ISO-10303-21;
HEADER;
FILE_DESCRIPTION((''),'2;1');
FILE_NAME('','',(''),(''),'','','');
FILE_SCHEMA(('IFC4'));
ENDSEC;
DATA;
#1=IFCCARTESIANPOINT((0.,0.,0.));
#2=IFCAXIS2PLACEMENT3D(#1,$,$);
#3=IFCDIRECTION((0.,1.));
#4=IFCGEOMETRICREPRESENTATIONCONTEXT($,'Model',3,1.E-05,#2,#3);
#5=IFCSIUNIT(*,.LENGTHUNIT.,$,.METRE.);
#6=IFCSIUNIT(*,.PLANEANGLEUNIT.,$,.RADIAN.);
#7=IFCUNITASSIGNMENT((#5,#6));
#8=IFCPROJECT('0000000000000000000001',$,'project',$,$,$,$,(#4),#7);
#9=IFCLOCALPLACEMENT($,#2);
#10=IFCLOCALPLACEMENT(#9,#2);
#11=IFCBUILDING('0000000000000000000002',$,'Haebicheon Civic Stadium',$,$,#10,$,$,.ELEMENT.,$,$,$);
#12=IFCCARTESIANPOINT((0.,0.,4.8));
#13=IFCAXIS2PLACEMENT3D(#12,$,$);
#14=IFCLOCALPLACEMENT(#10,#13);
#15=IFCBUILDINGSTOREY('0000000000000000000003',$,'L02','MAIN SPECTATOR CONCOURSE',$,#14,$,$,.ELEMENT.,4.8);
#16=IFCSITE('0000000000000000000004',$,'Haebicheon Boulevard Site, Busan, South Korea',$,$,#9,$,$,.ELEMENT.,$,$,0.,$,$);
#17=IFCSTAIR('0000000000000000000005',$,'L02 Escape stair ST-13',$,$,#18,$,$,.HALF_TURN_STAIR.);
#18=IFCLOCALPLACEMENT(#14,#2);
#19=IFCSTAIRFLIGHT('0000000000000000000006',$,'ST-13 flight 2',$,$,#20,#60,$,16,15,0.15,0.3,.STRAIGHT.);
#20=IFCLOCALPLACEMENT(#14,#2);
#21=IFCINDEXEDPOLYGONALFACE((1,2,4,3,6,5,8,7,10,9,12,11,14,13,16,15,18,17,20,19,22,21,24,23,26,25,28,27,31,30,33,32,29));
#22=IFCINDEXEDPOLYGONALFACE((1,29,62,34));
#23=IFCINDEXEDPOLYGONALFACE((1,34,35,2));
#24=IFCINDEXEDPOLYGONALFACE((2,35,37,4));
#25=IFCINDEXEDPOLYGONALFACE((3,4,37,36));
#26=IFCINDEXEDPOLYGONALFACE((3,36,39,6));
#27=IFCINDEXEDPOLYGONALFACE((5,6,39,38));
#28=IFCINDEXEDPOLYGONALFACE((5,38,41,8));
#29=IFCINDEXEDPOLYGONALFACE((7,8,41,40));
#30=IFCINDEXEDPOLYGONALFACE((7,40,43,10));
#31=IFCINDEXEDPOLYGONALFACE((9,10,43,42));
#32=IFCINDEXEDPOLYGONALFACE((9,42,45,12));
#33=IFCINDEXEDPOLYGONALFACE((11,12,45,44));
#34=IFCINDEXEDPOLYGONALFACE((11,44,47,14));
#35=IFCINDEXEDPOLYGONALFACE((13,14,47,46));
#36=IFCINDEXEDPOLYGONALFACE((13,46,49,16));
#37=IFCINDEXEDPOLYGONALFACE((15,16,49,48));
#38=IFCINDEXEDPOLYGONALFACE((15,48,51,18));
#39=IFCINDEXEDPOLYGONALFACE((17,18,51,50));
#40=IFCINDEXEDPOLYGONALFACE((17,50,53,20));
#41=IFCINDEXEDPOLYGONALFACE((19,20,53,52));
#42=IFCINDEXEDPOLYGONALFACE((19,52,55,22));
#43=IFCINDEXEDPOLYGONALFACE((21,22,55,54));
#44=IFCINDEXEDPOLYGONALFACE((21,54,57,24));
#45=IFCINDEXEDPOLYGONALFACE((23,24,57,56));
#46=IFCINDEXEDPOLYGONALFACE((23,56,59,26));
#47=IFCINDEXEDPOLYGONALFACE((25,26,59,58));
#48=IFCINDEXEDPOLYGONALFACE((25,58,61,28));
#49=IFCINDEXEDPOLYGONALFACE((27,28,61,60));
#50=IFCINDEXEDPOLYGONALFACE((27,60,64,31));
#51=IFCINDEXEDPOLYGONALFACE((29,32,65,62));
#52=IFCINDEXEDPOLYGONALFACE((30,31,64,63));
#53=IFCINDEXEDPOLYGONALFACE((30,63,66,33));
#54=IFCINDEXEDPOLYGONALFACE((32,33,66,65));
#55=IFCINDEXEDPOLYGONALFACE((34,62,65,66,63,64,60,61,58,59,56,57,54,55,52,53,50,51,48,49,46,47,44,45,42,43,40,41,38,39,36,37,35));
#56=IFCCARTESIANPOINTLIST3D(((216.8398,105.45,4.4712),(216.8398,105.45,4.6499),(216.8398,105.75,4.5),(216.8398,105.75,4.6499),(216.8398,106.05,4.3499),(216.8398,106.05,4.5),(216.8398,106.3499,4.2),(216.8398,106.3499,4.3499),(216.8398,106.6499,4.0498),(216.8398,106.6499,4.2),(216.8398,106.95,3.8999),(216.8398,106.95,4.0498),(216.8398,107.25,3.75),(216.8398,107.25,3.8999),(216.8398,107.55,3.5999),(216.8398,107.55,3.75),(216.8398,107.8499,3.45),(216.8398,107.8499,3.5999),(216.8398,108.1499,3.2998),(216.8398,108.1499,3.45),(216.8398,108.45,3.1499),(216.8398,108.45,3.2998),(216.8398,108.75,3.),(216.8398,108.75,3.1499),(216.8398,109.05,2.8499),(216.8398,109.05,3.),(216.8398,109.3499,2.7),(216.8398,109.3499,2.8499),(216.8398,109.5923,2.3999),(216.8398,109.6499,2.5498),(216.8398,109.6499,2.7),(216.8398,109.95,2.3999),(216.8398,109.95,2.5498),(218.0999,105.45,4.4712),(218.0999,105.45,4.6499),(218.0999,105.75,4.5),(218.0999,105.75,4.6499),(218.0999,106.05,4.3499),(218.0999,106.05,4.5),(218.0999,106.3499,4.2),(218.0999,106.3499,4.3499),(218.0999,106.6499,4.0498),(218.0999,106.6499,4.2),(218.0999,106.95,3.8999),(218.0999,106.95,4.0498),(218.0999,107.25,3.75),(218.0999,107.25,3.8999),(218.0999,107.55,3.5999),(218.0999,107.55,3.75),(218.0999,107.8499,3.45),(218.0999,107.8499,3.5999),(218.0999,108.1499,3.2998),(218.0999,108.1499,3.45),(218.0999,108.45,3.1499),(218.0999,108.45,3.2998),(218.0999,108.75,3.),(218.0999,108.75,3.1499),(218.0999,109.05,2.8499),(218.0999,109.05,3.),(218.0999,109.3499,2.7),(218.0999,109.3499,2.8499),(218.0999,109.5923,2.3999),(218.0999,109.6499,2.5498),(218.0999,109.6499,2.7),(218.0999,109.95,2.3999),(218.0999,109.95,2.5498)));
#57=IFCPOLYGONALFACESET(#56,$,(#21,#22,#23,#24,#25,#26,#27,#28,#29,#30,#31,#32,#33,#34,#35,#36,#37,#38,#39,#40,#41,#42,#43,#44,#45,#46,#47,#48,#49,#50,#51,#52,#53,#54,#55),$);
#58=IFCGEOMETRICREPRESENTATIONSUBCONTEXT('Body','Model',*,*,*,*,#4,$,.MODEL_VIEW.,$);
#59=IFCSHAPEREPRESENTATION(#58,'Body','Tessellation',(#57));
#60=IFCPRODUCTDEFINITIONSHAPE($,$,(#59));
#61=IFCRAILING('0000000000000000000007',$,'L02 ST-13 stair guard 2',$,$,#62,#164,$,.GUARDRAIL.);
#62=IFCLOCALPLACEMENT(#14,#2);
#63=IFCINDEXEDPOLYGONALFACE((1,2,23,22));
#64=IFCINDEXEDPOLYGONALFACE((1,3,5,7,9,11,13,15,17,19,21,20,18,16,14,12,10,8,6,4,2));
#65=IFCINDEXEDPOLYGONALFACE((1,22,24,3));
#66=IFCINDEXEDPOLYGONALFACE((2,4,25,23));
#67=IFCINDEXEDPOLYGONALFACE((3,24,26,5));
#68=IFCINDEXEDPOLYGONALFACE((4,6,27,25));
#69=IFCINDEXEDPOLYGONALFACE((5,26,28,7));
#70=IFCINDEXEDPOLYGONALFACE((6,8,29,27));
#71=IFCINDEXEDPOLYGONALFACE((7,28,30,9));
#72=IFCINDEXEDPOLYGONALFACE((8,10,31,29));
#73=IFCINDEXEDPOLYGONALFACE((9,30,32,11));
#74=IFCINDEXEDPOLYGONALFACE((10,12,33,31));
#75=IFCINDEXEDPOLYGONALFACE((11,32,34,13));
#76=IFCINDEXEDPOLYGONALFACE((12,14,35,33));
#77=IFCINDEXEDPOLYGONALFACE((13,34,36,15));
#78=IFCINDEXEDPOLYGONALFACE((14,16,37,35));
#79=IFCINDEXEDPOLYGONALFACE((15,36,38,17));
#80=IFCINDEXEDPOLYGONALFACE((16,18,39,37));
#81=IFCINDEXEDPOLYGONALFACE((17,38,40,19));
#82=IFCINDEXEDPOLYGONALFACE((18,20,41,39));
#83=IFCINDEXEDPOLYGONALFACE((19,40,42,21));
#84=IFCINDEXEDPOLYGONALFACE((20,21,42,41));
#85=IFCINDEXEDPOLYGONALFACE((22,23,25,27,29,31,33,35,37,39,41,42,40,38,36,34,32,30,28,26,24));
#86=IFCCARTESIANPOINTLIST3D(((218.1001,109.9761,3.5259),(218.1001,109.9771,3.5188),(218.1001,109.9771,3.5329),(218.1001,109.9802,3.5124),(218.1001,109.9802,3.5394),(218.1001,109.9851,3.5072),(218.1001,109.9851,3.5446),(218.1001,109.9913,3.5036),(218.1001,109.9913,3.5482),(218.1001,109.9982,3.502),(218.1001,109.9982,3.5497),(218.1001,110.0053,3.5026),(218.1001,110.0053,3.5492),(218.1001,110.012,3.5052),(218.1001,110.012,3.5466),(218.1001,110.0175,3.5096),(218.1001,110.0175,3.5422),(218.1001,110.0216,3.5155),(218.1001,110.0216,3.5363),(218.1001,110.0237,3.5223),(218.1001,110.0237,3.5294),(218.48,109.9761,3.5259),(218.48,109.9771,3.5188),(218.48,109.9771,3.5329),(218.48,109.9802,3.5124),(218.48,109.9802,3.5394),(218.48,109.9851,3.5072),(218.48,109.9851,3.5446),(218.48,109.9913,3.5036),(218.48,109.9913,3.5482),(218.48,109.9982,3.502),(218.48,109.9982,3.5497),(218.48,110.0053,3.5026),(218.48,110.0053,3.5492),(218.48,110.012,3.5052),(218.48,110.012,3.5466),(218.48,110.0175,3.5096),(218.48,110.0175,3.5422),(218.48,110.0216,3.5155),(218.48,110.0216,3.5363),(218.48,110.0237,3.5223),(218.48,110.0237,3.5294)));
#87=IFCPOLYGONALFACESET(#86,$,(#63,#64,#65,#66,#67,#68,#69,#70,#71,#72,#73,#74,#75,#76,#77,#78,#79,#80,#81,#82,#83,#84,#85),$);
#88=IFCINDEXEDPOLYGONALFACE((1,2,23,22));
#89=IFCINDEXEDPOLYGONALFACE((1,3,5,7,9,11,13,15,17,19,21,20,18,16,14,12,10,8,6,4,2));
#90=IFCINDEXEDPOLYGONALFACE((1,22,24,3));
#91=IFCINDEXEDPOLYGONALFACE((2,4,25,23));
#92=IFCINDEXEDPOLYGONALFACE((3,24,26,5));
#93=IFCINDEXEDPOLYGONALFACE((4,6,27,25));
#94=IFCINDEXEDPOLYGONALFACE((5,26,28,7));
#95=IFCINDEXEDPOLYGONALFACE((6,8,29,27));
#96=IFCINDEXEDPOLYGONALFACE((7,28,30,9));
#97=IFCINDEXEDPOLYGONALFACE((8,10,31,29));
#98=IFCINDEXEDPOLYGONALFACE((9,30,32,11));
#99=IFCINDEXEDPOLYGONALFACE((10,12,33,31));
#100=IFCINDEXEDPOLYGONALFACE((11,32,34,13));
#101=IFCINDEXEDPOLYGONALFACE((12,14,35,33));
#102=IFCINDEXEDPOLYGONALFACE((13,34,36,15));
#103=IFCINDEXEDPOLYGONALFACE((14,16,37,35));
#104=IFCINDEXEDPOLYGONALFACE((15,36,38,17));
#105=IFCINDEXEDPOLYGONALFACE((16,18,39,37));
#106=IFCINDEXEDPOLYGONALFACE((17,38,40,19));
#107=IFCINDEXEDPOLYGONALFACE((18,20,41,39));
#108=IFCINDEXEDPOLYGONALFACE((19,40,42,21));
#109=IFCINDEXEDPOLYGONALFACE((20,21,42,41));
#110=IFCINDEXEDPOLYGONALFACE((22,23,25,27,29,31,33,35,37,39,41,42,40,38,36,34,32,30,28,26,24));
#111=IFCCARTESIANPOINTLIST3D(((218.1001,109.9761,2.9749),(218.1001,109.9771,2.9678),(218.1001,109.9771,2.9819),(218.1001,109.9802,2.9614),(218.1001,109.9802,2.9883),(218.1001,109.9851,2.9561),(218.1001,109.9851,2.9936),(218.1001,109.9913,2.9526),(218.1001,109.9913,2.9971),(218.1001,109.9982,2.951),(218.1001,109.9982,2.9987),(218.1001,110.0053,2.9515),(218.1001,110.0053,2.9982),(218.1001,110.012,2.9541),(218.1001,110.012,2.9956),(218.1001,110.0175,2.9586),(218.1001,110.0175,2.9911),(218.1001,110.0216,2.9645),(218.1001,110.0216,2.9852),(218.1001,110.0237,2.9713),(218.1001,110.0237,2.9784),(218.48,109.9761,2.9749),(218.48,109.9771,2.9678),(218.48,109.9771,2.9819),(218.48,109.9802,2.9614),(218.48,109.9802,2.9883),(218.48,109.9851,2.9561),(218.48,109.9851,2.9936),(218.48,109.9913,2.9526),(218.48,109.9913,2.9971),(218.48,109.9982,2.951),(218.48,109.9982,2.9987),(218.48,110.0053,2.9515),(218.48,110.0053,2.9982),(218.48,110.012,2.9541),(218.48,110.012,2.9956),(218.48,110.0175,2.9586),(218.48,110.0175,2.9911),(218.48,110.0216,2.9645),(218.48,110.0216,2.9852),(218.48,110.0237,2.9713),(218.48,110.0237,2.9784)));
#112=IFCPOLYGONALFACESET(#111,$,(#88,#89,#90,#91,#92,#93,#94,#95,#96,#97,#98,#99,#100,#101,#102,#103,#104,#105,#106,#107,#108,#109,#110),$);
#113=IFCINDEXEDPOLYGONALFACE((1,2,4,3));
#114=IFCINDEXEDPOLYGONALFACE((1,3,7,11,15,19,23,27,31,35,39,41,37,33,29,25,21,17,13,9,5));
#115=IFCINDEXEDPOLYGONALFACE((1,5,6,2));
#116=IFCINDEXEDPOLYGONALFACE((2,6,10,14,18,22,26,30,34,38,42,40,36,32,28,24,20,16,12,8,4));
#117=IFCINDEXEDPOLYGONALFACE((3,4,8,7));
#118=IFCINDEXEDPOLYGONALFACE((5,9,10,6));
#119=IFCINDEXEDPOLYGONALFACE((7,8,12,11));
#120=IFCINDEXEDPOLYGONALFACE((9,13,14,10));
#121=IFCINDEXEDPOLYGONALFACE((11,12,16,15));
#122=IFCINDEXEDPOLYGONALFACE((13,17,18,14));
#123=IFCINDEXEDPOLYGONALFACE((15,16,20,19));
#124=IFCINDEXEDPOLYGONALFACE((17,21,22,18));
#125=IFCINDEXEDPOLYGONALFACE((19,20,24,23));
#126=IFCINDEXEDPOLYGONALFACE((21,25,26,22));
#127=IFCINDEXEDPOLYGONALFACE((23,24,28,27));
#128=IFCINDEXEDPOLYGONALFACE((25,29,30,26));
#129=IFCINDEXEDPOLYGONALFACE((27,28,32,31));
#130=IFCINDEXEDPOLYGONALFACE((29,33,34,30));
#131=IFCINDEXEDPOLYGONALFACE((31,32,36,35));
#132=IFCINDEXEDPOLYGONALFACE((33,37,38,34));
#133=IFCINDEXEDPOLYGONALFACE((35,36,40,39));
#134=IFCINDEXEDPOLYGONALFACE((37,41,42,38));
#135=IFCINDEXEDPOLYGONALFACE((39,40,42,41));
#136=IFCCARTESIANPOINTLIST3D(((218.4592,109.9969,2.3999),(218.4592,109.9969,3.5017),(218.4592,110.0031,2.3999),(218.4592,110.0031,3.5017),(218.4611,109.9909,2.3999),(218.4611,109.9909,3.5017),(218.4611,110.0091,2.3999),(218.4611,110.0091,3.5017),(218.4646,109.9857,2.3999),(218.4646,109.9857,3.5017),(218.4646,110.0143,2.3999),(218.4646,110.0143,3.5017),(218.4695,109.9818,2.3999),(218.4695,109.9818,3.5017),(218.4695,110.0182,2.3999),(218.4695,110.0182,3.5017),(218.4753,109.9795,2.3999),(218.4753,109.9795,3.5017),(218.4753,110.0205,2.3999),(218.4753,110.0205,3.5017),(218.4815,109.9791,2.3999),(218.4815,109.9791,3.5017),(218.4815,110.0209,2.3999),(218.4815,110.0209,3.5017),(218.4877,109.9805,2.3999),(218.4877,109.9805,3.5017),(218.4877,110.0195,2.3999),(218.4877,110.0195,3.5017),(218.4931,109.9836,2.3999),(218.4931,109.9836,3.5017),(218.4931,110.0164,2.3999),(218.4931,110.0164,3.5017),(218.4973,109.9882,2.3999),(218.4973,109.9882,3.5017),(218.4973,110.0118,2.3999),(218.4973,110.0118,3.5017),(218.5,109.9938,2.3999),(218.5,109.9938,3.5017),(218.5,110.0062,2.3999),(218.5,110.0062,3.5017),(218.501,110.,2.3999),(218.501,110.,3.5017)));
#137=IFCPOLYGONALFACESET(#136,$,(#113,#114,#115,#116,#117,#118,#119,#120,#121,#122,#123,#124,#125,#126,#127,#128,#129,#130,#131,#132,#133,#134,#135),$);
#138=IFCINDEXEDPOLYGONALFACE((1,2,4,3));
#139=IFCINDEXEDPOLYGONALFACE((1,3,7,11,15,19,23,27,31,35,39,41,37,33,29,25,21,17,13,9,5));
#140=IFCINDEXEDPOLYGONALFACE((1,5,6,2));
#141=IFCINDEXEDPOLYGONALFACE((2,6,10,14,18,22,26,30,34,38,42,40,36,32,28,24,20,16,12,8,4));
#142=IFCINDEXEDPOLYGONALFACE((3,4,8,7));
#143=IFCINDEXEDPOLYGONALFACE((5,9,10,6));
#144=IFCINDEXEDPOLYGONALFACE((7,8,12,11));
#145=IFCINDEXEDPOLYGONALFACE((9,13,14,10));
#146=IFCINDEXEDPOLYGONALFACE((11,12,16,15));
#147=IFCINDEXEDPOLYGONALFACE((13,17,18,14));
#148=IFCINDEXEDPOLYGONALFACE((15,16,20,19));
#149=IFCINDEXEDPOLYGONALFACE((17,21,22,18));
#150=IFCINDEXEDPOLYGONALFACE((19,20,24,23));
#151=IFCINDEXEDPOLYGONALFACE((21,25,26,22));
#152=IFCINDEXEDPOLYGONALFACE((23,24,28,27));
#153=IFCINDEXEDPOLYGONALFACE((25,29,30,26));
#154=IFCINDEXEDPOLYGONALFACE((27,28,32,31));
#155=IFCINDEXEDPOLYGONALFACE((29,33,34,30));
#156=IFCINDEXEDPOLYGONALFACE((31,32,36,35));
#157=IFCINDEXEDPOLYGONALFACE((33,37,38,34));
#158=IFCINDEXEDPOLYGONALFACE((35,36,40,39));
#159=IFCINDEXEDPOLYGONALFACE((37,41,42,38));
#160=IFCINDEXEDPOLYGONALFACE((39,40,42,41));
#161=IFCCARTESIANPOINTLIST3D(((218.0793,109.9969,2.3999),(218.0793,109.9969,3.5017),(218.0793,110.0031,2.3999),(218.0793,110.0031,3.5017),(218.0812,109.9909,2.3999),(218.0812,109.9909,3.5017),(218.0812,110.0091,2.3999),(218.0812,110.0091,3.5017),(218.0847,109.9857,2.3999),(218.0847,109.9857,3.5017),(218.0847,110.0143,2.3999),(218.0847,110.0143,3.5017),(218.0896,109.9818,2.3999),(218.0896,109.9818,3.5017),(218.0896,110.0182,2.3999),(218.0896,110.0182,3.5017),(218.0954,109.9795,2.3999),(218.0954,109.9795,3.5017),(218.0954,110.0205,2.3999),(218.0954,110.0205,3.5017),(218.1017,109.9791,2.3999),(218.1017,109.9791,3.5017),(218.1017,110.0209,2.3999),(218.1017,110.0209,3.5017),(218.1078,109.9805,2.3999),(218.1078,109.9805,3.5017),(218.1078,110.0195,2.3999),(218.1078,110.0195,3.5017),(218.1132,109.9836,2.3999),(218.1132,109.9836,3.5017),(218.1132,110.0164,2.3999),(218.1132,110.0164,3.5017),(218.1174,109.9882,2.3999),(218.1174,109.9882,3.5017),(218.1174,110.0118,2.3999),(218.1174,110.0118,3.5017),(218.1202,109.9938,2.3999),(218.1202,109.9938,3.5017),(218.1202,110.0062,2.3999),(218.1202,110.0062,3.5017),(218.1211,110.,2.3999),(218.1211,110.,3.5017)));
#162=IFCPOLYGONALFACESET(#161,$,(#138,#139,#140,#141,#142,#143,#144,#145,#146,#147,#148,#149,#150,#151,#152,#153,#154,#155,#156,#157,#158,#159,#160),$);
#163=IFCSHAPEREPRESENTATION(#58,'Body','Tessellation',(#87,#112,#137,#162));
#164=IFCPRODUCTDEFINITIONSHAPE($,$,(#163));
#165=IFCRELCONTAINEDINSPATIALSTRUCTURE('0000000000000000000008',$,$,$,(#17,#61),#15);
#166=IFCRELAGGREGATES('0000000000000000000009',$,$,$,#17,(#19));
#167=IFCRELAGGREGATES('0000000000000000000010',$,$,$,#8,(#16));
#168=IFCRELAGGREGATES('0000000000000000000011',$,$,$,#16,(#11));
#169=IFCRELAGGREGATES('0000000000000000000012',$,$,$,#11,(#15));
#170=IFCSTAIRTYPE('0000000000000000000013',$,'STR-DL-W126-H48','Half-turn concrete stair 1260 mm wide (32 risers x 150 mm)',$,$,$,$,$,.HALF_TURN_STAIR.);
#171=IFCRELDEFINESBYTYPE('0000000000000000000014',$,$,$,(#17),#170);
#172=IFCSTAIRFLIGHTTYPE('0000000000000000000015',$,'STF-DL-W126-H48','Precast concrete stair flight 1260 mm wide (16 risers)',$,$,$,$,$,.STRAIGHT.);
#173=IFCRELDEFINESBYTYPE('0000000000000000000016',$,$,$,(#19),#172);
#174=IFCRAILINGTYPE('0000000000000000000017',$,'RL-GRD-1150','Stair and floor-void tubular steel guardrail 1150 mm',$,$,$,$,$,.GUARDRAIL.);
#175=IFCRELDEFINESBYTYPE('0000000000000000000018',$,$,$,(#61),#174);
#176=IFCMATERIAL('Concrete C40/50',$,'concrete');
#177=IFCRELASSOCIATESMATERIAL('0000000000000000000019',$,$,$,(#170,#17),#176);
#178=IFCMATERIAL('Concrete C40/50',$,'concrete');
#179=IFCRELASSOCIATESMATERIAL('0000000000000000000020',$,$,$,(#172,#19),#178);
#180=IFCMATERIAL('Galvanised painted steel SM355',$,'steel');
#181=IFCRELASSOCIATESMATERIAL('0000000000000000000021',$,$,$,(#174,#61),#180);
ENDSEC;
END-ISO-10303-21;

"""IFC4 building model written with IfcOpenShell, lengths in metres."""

from ifc_helpers import new_model, si_unit, direction, frame, origin, origin_2d, place, context, subcontext, project, spatial, polyline, circle, outline, extrude, material, type_object, element, aggregate, save


model = new_model("IFC4")

# Units and contexts
model_context = context("Model", 3, precision=1e-05, world=origin(), true_north=direction((0.0, 1.0)))
body_context = subcontext(model_context, "Body", "Model", "MODEL_VIEW")
ifc_project = project(units=[si_unit("LENGTHUNIT", "METRE"), si_unit("PLANEANGLEUNIT", "RADIAN")], contexts=[model_context])

# Site, building, storey
site_placement = place(None, origin())
site = spatial("IfcSite", under=ifc_project, at=site_placement, Name="Haebicheon Boulevard Site, Busan, South Korea", CompositionType="ELEMENT", RefElevation=0.0)
building_placement = place(site_placement, origin())
building = spatial("IfcBuilding", under=site, at=building_placement, Name="Haebicheon Civic Stadium", CompositionType="ELEMENT")
storey_placement = place(building_placement, frame((0.0, 0.0, 4.8)))
storey = spatial("IfcBuildingStorey", under=building, at=storey_placement, Name="L02", Description="MAIN SPECTATOR CONCOURSE", CompositionType="ELEMENT", Elevation=4.8)

# Stair, stair flight
ifc_material_1 = material(Name="Concrete C40/50", Category="concrete")
stair_type = type_object("IfcStairType", Name="STR-DL-W126-H48", Description="Half-turn concrete stair 1260 mm wide (32 risers x 150 mm)", PredefinedType="HALF_TURN_STAIR", material=ifc_material_1)
stair_placement = place(storey_placement, origin())
stair = element("IfcStair", 1, at=stair_placement, inside=storey, type_object=stair_type, material=ifc_material_1, Name="L02 Escape stair ST-13", PredefinedType="HALF_TURN_STAIR")
ifc_material_2 = material(Name="Concrete C40/50", Category="concrete")
stair_flight_type = type_object("IfcStairFlightType", Name="STF-DL-W126-H48", Description="Precast concrete stair flight 1260 mm wide (16 risers)", PredefinedType="STRAIGHT", material=ifc_material_2)
stair_flight_placement = place(storey_placement, frame((217.47, 109.95, 2.3999), z_axis=(0.0, 0.0, 1.0), x_axis=(0.0, -1.0, 0.0)))
stair_flight = element("IfcStairFlight", 2, at=stair_flight_placement, type_object=stair_flight_type, material=ifc_material_2, Name="ST-13 flight 2", NumberOfRisers=16, NumberOfTreads=15, PredefinedType="STRAIGHT", RiserHeight=0.15, TreadLength=0.3, context=body_context, shape_type="SweptSolid", body=[
    extrude(outline(polyline([(0.0, 0.0), (0.0, 0.1499), (0.3, 0.1499), (0.3, 0.3), (0.6001, 0.3), (0.6001, 0.45), (0.8999, 0.45), (0.8999, 0.6001), (1.2, 0.6001), (1.2, 0.75), (1.5, 0.75), (1.5, 0.8999), (1.8, 0.8999), (1.8, 1.05), (2.1001, 1.05), (2.1001, 1.2), (2.3999, 1.2), (2.3999, 1.3501), (2.7, 1.3501), (2.7, 1.5), (3.0, 1.5), (3.0, 1.6499), (3.3, 1.6499), (3.3, 1.8), (3.6001, 1.8), (3.6001, 1.95), (3.8999, 1.95), (3.8999, 2.1001), (4.2, 2.1001), (4.2, 2.25), (4.5, 2.25), (4.5, 2.3999), (4.5, 2.0713), (0.3577, 0.0), (0.0, 0.0)])), frame((0.0, 0.6299, 0.0), z_axis=(0.0, -1.0, 0.0), x_axis=(1.0, 0.0, 0.0)), (0.0, 0.0, 1.0), 1.26),
])
aggregate(stair, [stair_flight])

# Railing
ifc_material_3 = material(Name="Galvanised painted steel SM355", Category="steel")
railing_type_1 = type_object("IfcRailingType", Name="RL-GRD-1150", Description="Stair and floor-void tubular steel guardrail 1150 mm", PredefinedType="GUARDRAIL", material=ifc_material_3)
railing_1_placement = place(storey_placement, frame((218.48, 110.0, 2.3999)))
element("IfcRailing", 3, at=railing_1_placement, inside=storey, type_object=railing_type_1, material=ifc_material_3, Name="L02 ST-13 stair guard 2", PredefinedType="GUARDRAIL", context=body_context, shape_type="SweptSolid", body=[
    extrude(circle(Radius=0.0239, at=origin_2d()), frame((0.0, 0.0, 1.126), z_axis=(-1.0, 0.0, 0.0), x_axis=(0.0, -1.0, 0.0)), (0.0, 0.0, 1.0), 0.3799),
    extrude(circle(Radius=0.0239, at=origin_2d()), frame((0.0, 0.0, 0.575), z_axis=(-1.0, 0.0, 0.0), x_axis=(0.0, -1.0, 0.0)), (0.0, 0.0, 1.0), 0.3799),
    extrude(circle(Radius=0.021, at=origin_2d()), origin(), (0.0, 0.0, 1.0), 1.1018),
    extrude(circle(Radius=0.021, at=origin_2d()), frame((-0.3799, 0.0, 0.0)), (0.0, 0.0, 1.0), 1.1018),
])

save(model, "model.ifc")
